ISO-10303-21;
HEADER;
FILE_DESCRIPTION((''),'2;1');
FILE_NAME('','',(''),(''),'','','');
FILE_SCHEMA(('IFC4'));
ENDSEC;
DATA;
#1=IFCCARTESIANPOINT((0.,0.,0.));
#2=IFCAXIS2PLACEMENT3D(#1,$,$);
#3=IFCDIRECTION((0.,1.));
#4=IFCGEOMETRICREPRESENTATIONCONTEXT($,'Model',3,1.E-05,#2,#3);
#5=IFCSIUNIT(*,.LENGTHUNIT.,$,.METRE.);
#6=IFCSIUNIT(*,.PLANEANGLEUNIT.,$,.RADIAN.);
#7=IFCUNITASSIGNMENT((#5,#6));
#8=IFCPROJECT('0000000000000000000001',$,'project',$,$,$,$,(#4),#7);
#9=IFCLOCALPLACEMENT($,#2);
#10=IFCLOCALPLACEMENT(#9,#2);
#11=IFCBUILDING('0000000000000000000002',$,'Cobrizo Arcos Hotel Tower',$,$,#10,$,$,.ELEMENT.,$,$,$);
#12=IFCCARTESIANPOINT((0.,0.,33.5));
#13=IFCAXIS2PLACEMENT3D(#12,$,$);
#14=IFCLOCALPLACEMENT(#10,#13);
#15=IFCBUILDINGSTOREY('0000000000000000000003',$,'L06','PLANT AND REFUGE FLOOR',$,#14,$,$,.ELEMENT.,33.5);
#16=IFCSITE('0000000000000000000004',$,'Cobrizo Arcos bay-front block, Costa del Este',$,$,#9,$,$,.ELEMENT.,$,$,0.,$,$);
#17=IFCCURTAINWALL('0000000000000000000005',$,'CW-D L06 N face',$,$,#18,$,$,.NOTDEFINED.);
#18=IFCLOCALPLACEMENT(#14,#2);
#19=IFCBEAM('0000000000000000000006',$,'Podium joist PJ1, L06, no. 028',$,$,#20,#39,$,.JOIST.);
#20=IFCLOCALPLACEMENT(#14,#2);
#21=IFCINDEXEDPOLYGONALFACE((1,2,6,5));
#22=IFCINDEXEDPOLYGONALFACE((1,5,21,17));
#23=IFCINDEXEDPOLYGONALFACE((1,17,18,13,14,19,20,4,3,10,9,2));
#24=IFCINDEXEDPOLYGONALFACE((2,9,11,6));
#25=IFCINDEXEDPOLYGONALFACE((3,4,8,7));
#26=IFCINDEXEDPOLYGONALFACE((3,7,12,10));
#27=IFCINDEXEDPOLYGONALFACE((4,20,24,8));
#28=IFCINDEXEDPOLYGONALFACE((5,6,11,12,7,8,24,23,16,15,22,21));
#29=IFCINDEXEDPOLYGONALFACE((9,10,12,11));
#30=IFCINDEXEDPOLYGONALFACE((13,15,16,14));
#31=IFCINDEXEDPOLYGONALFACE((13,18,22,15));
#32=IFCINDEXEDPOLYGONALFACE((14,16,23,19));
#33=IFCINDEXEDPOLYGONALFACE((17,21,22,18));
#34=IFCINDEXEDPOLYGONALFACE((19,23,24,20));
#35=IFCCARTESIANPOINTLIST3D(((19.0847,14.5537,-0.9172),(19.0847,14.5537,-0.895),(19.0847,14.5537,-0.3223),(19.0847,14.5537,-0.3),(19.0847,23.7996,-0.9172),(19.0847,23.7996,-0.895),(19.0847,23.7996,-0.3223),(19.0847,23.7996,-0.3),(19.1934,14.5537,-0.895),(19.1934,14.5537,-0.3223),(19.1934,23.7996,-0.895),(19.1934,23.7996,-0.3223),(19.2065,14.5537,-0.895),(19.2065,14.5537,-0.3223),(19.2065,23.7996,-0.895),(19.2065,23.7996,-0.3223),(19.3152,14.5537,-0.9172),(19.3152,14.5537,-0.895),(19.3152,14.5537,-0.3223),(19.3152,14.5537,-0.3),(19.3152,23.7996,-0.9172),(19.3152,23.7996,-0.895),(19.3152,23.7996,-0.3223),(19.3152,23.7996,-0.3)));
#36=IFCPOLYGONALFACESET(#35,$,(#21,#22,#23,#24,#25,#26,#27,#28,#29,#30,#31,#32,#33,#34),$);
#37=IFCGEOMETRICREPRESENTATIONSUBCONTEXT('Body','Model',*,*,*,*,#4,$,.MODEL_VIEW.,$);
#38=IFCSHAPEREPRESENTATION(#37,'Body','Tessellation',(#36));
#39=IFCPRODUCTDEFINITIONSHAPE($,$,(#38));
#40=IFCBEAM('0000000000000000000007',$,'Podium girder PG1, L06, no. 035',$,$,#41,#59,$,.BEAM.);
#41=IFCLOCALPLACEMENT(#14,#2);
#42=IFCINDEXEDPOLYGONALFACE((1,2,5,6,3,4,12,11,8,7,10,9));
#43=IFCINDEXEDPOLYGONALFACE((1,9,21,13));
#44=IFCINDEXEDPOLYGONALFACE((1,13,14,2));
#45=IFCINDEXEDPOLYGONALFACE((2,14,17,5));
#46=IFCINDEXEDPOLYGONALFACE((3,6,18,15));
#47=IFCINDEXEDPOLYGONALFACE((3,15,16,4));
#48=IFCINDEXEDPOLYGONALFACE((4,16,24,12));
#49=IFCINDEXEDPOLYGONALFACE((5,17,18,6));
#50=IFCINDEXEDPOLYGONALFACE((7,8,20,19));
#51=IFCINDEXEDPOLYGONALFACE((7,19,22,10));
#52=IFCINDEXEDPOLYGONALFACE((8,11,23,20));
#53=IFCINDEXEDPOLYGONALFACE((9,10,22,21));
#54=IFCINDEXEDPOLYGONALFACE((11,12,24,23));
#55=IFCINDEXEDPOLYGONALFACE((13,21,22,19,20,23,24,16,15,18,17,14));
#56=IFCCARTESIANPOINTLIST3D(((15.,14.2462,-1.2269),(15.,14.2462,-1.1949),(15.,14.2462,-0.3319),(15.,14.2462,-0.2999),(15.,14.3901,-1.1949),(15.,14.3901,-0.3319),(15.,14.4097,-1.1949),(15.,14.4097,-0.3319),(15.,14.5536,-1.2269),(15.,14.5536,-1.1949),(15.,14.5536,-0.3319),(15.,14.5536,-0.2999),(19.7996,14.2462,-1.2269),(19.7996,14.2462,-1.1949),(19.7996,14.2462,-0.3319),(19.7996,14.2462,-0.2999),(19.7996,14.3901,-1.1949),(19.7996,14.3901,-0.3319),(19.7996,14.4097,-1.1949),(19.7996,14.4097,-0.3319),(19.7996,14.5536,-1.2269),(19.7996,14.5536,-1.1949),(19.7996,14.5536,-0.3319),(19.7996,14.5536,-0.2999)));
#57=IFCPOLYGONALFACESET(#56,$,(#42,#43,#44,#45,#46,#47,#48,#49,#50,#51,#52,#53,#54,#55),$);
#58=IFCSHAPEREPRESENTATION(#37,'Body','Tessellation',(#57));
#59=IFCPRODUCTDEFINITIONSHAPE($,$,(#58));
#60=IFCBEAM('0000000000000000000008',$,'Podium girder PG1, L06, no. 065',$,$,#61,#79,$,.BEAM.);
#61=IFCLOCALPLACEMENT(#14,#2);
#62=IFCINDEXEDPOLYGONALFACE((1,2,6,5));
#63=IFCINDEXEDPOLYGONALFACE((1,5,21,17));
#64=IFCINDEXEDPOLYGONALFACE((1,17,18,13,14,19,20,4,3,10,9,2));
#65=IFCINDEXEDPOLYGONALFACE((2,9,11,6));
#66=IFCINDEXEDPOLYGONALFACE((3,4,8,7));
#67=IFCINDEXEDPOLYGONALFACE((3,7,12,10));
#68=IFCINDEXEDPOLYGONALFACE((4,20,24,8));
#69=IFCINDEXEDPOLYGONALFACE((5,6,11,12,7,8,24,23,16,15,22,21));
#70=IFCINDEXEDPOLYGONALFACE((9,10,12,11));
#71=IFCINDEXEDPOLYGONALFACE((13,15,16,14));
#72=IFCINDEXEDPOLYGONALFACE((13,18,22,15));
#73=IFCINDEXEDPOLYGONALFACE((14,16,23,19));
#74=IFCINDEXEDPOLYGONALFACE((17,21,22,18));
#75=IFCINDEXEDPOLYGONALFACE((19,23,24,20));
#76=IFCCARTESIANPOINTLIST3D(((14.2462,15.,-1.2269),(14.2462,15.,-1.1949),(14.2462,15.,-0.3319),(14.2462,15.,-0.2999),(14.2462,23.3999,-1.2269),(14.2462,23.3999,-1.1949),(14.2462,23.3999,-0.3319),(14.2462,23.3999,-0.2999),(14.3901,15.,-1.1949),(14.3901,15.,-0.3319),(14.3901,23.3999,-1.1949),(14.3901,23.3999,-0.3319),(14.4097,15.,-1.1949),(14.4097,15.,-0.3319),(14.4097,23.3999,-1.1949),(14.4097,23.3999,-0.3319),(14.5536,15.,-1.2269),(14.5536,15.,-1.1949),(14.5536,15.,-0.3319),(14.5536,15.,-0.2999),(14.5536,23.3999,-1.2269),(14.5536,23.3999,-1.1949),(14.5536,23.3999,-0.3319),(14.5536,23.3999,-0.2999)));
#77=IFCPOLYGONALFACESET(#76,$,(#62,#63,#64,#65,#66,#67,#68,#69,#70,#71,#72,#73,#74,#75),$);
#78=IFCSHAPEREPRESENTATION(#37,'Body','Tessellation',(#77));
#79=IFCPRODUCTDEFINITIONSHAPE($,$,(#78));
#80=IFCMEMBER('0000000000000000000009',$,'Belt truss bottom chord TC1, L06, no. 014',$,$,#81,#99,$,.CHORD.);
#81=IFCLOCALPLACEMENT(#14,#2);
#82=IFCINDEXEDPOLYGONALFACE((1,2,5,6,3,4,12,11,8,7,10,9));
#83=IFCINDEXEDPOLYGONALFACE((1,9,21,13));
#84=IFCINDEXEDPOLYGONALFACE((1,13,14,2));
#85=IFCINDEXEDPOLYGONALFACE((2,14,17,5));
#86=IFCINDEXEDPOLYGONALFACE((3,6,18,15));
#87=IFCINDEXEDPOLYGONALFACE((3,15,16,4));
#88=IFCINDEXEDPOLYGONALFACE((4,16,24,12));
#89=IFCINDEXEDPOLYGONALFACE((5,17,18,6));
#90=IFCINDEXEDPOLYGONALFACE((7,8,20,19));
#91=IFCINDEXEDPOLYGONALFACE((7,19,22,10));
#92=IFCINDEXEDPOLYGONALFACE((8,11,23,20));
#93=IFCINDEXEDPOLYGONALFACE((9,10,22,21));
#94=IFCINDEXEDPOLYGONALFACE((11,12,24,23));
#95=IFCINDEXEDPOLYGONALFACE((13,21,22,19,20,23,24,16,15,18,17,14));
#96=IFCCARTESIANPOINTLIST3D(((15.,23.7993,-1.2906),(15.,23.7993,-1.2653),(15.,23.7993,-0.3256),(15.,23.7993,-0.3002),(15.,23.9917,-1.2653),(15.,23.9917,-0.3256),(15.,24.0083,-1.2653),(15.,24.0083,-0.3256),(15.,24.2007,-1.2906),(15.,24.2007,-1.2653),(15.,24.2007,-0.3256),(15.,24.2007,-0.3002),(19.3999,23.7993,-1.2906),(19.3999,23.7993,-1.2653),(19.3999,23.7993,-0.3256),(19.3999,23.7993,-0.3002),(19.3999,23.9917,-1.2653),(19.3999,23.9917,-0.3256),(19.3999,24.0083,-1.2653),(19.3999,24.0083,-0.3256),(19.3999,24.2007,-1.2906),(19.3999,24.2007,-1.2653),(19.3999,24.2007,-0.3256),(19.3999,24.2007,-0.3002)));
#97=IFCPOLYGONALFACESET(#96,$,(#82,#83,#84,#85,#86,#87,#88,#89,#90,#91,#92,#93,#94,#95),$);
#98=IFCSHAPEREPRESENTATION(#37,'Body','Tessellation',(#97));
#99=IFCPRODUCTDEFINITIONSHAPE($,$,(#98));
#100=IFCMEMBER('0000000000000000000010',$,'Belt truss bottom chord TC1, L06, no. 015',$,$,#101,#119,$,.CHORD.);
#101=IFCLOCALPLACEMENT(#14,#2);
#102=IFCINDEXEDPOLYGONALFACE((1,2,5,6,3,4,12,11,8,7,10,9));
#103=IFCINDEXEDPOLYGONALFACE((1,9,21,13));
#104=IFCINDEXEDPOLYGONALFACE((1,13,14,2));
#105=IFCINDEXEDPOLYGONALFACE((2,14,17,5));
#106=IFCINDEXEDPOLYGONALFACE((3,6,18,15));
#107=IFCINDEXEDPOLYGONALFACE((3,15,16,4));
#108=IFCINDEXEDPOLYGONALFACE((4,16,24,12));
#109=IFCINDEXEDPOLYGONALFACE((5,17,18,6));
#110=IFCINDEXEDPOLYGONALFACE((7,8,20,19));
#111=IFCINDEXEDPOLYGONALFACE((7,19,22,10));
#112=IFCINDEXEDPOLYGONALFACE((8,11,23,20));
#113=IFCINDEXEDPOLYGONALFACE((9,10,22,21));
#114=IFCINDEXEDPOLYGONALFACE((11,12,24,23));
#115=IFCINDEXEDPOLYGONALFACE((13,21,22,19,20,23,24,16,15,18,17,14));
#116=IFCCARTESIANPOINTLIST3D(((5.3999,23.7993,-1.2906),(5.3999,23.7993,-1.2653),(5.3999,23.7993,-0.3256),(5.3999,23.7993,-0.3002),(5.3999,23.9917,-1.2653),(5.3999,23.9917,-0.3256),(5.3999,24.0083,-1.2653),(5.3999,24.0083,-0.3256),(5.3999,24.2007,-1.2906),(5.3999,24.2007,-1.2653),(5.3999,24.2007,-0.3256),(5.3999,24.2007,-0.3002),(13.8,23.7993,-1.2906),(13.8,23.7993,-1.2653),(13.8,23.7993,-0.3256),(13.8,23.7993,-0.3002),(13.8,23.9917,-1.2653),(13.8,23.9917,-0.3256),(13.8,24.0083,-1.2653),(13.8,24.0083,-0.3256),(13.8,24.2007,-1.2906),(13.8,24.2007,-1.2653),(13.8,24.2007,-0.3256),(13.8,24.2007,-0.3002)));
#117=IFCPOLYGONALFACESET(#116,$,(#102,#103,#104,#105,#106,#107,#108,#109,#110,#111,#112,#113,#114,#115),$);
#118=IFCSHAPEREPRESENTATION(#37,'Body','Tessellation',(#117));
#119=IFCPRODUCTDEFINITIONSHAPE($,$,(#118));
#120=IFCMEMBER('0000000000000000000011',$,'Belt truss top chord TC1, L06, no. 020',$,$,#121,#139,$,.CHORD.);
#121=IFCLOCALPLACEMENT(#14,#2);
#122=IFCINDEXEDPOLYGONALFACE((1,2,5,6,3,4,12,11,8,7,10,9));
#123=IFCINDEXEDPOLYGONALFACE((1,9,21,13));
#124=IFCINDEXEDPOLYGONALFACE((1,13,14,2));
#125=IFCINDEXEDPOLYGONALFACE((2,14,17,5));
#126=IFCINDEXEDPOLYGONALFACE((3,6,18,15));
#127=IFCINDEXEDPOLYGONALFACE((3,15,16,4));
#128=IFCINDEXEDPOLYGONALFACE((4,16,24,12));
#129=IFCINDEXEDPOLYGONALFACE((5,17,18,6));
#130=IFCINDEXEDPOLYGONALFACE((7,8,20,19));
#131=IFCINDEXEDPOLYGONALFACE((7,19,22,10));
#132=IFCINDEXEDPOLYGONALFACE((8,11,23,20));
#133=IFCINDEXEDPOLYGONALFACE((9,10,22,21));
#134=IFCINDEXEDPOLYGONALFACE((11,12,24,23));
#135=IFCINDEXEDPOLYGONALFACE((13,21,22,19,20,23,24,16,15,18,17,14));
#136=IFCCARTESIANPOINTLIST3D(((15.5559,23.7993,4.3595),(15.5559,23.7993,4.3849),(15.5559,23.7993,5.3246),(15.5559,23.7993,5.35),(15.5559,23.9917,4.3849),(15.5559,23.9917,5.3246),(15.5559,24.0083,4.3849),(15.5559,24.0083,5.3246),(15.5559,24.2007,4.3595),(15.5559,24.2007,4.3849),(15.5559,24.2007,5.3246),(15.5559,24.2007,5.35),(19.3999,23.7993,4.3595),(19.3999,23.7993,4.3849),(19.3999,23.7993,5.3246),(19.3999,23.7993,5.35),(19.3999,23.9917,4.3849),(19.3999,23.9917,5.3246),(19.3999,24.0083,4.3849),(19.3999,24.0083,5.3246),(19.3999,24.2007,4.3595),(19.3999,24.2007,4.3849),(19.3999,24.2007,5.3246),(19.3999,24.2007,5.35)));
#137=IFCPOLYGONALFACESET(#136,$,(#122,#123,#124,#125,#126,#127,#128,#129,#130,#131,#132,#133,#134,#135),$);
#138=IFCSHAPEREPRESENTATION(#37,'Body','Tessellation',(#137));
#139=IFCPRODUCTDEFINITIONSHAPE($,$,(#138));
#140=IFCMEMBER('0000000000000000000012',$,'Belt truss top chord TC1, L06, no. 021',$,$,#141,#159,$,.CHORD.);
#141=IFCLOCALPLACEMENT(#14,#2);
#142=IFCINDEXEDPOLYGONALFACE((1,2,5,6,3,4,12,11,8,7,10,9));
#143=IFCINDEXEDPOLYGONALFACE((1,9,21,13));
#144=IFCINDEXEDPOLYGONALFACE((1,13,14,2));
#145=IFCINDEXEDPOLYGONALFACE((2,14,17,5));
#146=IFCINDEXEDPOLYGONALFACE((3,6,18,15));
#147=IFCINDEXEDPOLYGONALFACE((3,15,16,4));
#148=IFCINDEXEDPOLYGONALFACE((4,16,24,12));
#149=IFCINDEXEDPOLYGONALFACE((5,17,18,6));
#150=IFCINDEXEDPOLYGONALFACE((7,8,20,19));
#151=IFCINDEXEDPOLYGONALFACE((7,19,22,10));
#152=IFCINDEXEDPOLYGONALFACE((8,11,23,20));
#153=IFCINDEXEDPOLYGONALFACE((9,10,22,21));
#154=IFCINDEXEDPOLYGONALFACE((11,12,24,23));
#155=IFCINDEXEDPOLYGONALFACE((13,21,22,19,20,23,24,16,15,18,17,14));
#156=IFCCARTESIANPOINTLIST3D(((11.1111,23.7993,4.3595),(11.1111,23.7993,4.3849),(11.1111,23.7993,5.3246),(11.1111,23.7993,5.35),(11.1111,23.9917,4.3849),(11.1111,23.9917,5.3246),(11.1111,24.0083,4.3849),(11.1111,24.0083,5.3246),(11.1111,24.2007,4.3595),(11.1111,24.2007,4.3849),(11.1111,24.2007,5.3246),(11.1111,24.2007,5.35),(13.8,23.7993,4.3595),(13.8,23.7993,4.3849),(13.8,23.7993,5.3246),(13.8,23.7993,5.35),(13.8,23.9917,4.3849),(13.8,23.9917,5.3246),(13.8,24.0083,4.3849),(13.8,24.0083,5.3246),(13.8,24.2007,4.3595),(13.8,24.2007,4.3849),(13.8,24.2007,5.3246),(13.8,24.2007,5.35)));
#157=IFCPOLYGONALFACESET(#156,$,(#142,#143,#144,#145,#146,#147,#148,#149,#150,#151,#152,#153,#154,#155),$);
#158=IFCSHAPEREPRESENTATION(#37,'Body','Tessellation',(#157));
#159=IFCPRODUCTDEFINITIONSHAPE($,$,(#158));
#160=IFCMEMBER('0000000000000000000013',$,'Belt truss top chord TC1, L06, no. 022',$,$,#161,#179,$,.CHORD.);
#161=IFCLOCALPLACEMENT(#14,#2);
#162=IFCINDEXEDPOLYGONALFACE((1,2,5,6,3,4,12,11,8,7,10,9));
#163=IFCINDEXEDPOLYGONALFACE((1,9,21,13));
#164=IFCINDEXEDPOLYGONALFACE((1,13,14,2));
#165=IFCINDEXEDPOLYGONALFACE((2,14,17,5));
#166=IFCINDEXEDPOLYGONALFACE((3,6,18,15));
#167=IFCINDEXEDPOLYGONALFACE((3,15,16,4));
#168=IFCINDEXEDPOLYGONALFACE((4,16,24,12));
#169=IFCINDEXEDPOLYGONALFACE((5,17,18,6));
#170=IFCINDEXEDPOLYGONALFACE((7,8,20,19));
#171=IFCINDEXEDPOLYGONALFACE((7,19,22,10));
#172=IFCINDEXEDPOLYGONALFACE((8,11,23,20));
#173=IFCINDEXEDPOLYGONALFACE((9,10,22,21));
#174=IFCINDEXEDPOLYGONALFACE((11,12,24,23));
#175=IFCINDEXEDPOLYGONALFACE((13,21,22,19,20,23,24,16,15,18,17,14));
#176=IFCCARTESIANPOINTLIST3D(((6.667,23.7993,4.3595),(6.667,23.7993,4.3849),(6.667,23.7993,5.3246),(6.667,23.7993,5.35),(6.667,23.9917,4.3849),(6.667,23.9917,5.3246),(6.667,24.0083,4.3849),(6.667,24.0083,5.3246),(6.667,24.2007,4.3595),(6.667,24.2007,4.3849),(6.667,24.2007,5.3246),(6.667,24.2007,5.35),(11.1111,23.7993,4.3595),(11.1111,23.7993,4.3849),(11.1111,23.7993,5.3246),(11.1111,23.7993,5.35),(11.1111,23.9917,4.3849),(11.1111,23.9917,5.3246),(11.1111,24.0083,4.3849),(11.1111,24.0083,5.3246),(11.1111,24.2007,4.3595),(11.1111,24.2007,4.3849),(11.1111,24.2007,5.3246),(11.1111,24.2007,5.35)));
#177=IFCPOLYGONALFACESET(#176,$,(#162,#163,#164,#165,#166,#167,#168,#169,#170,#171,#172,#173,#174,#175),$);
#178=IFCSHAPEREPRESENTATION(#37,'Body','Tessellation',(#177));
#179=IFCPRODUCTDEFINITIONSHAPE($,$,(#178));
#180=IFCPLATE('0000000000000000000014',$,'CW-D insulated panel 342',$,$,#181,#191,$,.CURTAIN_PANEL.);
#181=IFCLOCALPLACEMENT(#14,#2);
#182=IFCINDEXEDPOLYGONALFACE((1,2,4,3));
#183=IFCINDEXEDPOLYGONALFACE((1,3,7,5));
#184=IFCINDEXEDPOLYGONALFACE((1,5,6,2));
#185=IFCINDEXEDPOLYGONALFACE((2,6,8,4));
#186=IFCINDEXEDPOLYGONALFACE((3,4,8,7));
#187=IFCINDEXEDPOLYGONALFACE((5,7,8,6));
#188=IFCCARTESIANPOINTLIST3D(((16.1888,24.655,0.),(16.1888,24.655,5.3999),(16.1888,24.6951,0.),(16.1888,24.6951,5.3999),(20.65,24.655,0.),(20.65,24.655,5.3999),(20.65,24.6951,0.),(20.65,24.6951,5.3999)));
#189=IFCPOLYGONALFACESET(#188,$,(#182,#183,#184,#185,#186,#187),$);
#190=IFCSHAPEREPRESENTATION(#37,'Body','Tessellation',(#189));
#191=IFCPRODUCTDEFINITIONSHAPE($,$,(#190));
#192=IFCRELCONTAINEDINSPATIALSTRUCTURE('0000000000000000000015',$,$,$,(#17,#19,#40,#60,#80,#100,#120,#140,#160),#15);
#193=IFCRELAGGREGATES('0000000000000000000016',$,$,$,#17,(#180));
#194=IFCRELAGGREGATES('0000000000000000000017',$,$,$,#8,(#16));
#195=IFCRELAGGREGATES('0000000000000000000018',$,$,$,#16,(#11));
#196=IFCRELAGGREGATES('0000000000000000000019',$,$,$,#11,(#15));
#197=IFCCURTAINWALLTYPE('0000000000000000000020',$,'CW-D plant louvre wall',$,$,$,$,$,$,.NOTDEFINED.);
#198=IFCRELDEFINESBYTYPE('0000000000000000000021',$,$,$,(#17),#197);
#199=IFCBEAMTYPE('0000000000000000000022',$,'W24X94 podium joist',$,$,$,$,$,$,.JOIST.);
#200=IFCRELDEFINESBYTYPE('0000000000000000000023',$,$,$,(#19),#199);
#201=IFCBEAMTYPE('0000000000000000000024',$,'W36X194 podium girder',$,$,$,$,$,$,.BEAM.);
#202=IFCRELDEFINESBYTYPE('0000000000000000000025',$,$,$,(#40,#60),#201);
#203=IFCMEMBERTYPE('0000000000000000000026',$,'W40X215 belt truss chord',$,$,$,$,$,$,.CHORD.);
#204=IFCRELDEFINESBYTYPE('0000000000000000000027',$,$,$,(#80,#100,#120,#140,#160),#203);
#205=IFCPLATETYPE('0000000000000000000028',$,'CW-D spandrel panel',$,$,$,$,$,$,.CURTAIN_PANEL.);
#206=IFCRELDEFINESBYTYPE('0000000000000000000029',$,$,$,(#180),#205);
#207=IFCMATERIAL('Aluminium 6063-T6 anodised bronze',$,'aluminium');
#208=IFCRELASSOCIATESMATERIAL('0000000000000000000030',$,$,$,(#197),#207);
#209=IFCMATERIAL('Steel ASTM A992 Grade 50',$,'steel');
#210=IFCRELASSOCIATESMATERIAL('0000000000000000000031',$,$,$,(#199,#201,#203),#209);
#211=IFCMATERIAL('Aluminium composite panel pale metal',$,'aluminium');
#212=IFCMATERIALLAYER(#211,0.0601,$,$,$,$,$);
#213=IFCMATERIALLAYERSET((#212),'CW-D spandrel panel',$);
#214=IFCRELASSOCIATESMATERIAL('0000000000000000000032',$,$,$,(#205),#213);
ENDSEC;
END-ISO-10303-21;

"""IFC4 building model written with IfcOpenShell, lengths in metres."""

from ifc_helpers import new_model, si_unit, direction, frame, origin, origin_2d, place, context, subcontext, project, spatial, rectangle, i_section, extrude, material, layer, layer_set, material_profile, profile_set, type_object, element, aggregate, save


model = new_model("IFC4")

# Units and contexts
model_context = context("Model", 3, precision=1e-05, world=origin(), true_north=direction((0.0, 1.0)))
body_context = subcontext(model_context, "Body", "Model", "MODEL_VIEW")
ifc_project = project(units=[si_unit("LENGTHUNIT", "METRE"), si_unit("PLANEANGLEUNIT", "RADIAN")], contexts=[model_context])

# Site, building, storey
site_placement = place(None, origin())
site = spatial("IfcSite", under=ifc_project, at=site_placement, Name="Cobrizo Arcos bay-front block, Costa del Este", CompositionType="ELEMENT", RefElevation=0.0)
building_placement = place(site_placement, origin())
building = spatial("IfcBuilding", under=site, at=building_placement, Name="Cobrizo Arcos Hotel Tower", CompositionType="ELEMENT")
storey_placement = place(building_placement, frame((0.0, 0.0, 33.5)))
storey = spatial("IfcBuildingStorey", under=building, at=storey_placement, Name="L06", Description="PLANT AND REFUGE FLOOR", CompositionType="ELEMENT", Elevation=33.5)

# Curtain wall
ifc_material_1 = material(Name="Aluminium 6063-T6 anodised bronze", Category="aluminium")
curtain_wall_type = type_object("IfcCurtainWallType", Name="CW-D plant louvre wall", PredefinedType="NOTDEFINED", material=ifc_material_1)
curtain_wall_placement = place(storey_placement, origin())
curtain_wall = element("IfcCurtainWall", 1, at=curtain_wall_placement, inside=storey, type_object=curtain_wall_type, Name="CW-D L06 N face", PredefinedType="NOTDEFINED")

# Shared definitions
ifc_material_2 = material(Name="Steel ASTM A992 Grade 50", Category="steel")

# Beams
ifc_material_profile_1 = material_profile(ifc_material_2, i_section(OverallWidth=0.2305, OverallDepth=0.6172, WebThickness=0.0132, FlangeThickness=0.0222, at=origin_2d()), Name="W24X94")
ifc_profile_set_1 = profile_set([ifc_material_profile_1], Name="Steel ASTM A992 Grade 50")
beam_type_1 = type_object("IfcBeamType", Name="W24X94 podium joist", PredefinedType="JOIST", material=ifc_profile_set_1)
beam_1_placement = place(storey_placement, frame((19.2, 14.5537, -0.6086), z_axis=(0.0, 1.0, 0.0), x_axis=(-1.0, 0.0, 0.0)))
element("IfcBeam", 2, at=beam_1_placement, inside=storey, type_object=beam_type_1, Name="Podium joist PJ1, L06, no. 028", PredefinedType="JOIST", context=body_context, shape_type="SweptSolid", body=[
    extrude(i_section(OverallWidth=0.2305, OverallDepth=0.6172, WebThickness=0.0132, FlangeThickness=0.0222, at=origin_2d()), origin(), (0.0, 0.0, 1.0), 9.2458),
])
ifc_material_profile_2 = material_profile(ifc_material_2, i_section(OverallWidth=0.3074, OverallDepth=0.927, WebThickness=0.0195, FlangeThickness=0.032, at=origin_2d()), Name="W36X194")
ifc_profile_set_2 = profile_set([ifc_material_profile_2], Name="Steel ASTM A992 Grade 50")
beam_type_2 = type_object("IfcBeamType", Name="W36X194 podium girder", PredefinedType="BEAM", material=ifc_profile_set_2)
beam_2_placement = place(storey_placement, frame((15.0, 14.3999, -0.7634), z_axis=(1.0, 0.0, 0.0), x_axis=(0.0, 1.0, 0.0)))
element("IfcBeam", 3, at=beam_2_placement, inside=storey, type_object=beam_type_2, Name="Podium girder PG1, L06, no. 035", PredefinedType="BEAM", context=body_context, shape_type="SweptSolid", body=[
    extrude(i_section(OverallWidth=0.3074, OverallDepth=0.927, WebThickness=0.0195, FlangeThickness=0.032, at=origin_2d()), origin(), (0.0, 0.0, 1.0), 4.7996),
])
beam_3_placement = place(storey_placement, frame((14.3999, 15.0, -0.7634), z_axis=(0.0, 1.0, 0.0), x_axis=(-1.0, 0.0, 0.0)))
element("IfcBeam", 4, at=beam_3_placement, inside=storey, type_object=beam_type_2, Name="Podium girder PG1, L06, no. 065", PredefinedType="BEAM", context=body_context, shape_type="SweptSolid", body=[
    extrude(i_section(OverallWidth=0.3074, OverallDepth=0.927, WebThickness=0.0195, FlangeThickness=0.032, at=origin_2d()), origin(), (0.0, 0.0, 1.0), 8.3999),
])

# Members
ifc_material_profile_3 = material_profile(ifc_material_2, i_section(OverallWidth=0.4014, OverallDepth=0.9905, WebThickness=0.0166, FlangeThickness=0.0254, at=origin_2d()), Name="W40X215")
ifc_profile_set_3 = profile_set([ifc_material_profile_3], Name="Steel ASTM A992 Grade 50")
member_type_1 = type_object("IfcMemberType", Name="W40X215 belt truss chord", PredefinedType="CHORD", material=ifc_profile_set_3)
member_1_placement = place(storey_placement, frame((19.3999, 24.0, -0.7954), z_axis=(-1.0, 0.0, 0.0), x_axis=(0.0, -1.0, 0.0)))
element("IfcMember", 5, at=member_1_placement, inside=storey, type_object=member_type_1, Name="Belt truss bottom chord TC1, L06, no. 014", PredefinedType="CHORD", context=body_context, shape_type="SweptSolid", body=[
    extrude(i_section(OverallWidth=0.4014, OverallDepth=0.9905, WebThickness=0.0166, FlangeThickness=0.0254, at=origin_2d()), origin(), (0.0, 0.0, 1.0), 4.3999),
])
member_2_placement = place(storey_placement, frame((13.8, 24.0, -0.7954), z_axis=(-1.0, 0.0, 0.0), x_axis=(0.0, -1.0, 0.0)))
element("IfcMember", 6, at=member_2_placement, inside=storey, type_object=member_type_1, Name="Belt truss bottom chord TC1, L06, no. 015", PredefinedType="CHORD", context=body_context, shape_type="SweptSolid", body=[
    extrude(i_section(OverallWidth=0.4014, OverallDepth=0.9905, WebThickness=0.0166, FlangeThickness=0.0254, at=origin_2d()), origin(), (0.0, 0.0, 1.0), 8.4001),
])
member_3_placement = place(storey_placement, frame((19.3999, 24.0, 4.8547), z_axis=(-1.0, 0.0, 0.0), x_axis=(0.0, -1.0, 0.0)))
element("IfcMember", 7, at=member_3_placement, inside=storey, type_object=member_type_1, Name="Belt truss top chord TC1, L06, no. 020", PredefinedType="CHORD", context=body_context, shape_type="SweptSolid", body=[
    extrude(i_section(OverallWidth=0.4014, OverallDepth=0.9905, WebThickness=0.0166, FlangeThickness=0.0254, at=origin_2d()), origin(), (0.0, 0.0, 1.0), 3.844),
])
member_4_placement = place(storey_placement, frame((13.8, 24.0, 4.8547), z_axis=(-1.0, 0.0, 0.0), x_axis=(0.0, -1.0, 0.0)))
element("IfcMember", 8, at=member_4_placement, inside=storey, type_object=member_type_1, Name="Belt truss top chord TC1, L06, no. 021", PredefinedType="CHORD", context=body_context, shape_type="SweptSolid", body=[
    extrude(i_section(OverallWidth=0.4014, OverallDepth=0.9905, WebThickness=0.0166, FlangeThickness=0.0254, at=origin_2d()), origin(), (0.0, 0.0, 1.0), 2.689),
])
member_5_placement = place(storey_placement, frame((11.1111, 24.0, 4.8547), z_axis=(-1.0, 0.0, 0.0), x_axis=(0.0, -1.0, 0.0)))
element("IfcMember", 9, at=member_5_placement, inside=storey, type_object=member_type_1, Name="Belt truss top chord TC1, L06, no. 022", PredefinedType="CHORD", context=body_context, shape_type="SweptSolid", body=[
    extrude(i_section(OverallWidth=0.4014, OverallDepth=0.9905, WebThickness=0.0166, FlangeThickness=0.0254, at=origin_2d()), origin(), (0.0, 0.0, 1.0), 4.4441),
])

# Plate
ifc_material_3 = material(Name="Aluminium composite panel pale metal", Category="aluminium")
ifc_layer_1 = layer(ifc_material_3, 0.0601)
ifc_layer_set_1 = layer_set([ifc_layer_1], Name="CW-D spandrel panel")
plate_type = type_object("IfcPlateType", Name="CW-D spandrel panel", PredefinedType="CURTAIN_PANEL", material=ifc_layer_set_1)
plate_1_placement = place(storey_placement, frame((18.4194, 24.675, 0.0), z_axis=(0.0, 0.0, 1.0), x_axis=(-1.0, 0.0, 0.0)))
plate_1 = element("IfcPlate", 10, at=plate_1_placement, type_object=plate_type, Name="CW-D insulated panel 342", PredefinedType="CURTAIN_PANEL", context=body_context, shape_type="SweptSolid", body=[
    extrude(rectangle(XDim=4.4612, YDim=0.04, at=origin_2d()), origin(), (0.0, 0.0, 1.0), 5.3999),
])
aggregate(curtain_wall, [plate_1])

save(model, "model.ifc")
